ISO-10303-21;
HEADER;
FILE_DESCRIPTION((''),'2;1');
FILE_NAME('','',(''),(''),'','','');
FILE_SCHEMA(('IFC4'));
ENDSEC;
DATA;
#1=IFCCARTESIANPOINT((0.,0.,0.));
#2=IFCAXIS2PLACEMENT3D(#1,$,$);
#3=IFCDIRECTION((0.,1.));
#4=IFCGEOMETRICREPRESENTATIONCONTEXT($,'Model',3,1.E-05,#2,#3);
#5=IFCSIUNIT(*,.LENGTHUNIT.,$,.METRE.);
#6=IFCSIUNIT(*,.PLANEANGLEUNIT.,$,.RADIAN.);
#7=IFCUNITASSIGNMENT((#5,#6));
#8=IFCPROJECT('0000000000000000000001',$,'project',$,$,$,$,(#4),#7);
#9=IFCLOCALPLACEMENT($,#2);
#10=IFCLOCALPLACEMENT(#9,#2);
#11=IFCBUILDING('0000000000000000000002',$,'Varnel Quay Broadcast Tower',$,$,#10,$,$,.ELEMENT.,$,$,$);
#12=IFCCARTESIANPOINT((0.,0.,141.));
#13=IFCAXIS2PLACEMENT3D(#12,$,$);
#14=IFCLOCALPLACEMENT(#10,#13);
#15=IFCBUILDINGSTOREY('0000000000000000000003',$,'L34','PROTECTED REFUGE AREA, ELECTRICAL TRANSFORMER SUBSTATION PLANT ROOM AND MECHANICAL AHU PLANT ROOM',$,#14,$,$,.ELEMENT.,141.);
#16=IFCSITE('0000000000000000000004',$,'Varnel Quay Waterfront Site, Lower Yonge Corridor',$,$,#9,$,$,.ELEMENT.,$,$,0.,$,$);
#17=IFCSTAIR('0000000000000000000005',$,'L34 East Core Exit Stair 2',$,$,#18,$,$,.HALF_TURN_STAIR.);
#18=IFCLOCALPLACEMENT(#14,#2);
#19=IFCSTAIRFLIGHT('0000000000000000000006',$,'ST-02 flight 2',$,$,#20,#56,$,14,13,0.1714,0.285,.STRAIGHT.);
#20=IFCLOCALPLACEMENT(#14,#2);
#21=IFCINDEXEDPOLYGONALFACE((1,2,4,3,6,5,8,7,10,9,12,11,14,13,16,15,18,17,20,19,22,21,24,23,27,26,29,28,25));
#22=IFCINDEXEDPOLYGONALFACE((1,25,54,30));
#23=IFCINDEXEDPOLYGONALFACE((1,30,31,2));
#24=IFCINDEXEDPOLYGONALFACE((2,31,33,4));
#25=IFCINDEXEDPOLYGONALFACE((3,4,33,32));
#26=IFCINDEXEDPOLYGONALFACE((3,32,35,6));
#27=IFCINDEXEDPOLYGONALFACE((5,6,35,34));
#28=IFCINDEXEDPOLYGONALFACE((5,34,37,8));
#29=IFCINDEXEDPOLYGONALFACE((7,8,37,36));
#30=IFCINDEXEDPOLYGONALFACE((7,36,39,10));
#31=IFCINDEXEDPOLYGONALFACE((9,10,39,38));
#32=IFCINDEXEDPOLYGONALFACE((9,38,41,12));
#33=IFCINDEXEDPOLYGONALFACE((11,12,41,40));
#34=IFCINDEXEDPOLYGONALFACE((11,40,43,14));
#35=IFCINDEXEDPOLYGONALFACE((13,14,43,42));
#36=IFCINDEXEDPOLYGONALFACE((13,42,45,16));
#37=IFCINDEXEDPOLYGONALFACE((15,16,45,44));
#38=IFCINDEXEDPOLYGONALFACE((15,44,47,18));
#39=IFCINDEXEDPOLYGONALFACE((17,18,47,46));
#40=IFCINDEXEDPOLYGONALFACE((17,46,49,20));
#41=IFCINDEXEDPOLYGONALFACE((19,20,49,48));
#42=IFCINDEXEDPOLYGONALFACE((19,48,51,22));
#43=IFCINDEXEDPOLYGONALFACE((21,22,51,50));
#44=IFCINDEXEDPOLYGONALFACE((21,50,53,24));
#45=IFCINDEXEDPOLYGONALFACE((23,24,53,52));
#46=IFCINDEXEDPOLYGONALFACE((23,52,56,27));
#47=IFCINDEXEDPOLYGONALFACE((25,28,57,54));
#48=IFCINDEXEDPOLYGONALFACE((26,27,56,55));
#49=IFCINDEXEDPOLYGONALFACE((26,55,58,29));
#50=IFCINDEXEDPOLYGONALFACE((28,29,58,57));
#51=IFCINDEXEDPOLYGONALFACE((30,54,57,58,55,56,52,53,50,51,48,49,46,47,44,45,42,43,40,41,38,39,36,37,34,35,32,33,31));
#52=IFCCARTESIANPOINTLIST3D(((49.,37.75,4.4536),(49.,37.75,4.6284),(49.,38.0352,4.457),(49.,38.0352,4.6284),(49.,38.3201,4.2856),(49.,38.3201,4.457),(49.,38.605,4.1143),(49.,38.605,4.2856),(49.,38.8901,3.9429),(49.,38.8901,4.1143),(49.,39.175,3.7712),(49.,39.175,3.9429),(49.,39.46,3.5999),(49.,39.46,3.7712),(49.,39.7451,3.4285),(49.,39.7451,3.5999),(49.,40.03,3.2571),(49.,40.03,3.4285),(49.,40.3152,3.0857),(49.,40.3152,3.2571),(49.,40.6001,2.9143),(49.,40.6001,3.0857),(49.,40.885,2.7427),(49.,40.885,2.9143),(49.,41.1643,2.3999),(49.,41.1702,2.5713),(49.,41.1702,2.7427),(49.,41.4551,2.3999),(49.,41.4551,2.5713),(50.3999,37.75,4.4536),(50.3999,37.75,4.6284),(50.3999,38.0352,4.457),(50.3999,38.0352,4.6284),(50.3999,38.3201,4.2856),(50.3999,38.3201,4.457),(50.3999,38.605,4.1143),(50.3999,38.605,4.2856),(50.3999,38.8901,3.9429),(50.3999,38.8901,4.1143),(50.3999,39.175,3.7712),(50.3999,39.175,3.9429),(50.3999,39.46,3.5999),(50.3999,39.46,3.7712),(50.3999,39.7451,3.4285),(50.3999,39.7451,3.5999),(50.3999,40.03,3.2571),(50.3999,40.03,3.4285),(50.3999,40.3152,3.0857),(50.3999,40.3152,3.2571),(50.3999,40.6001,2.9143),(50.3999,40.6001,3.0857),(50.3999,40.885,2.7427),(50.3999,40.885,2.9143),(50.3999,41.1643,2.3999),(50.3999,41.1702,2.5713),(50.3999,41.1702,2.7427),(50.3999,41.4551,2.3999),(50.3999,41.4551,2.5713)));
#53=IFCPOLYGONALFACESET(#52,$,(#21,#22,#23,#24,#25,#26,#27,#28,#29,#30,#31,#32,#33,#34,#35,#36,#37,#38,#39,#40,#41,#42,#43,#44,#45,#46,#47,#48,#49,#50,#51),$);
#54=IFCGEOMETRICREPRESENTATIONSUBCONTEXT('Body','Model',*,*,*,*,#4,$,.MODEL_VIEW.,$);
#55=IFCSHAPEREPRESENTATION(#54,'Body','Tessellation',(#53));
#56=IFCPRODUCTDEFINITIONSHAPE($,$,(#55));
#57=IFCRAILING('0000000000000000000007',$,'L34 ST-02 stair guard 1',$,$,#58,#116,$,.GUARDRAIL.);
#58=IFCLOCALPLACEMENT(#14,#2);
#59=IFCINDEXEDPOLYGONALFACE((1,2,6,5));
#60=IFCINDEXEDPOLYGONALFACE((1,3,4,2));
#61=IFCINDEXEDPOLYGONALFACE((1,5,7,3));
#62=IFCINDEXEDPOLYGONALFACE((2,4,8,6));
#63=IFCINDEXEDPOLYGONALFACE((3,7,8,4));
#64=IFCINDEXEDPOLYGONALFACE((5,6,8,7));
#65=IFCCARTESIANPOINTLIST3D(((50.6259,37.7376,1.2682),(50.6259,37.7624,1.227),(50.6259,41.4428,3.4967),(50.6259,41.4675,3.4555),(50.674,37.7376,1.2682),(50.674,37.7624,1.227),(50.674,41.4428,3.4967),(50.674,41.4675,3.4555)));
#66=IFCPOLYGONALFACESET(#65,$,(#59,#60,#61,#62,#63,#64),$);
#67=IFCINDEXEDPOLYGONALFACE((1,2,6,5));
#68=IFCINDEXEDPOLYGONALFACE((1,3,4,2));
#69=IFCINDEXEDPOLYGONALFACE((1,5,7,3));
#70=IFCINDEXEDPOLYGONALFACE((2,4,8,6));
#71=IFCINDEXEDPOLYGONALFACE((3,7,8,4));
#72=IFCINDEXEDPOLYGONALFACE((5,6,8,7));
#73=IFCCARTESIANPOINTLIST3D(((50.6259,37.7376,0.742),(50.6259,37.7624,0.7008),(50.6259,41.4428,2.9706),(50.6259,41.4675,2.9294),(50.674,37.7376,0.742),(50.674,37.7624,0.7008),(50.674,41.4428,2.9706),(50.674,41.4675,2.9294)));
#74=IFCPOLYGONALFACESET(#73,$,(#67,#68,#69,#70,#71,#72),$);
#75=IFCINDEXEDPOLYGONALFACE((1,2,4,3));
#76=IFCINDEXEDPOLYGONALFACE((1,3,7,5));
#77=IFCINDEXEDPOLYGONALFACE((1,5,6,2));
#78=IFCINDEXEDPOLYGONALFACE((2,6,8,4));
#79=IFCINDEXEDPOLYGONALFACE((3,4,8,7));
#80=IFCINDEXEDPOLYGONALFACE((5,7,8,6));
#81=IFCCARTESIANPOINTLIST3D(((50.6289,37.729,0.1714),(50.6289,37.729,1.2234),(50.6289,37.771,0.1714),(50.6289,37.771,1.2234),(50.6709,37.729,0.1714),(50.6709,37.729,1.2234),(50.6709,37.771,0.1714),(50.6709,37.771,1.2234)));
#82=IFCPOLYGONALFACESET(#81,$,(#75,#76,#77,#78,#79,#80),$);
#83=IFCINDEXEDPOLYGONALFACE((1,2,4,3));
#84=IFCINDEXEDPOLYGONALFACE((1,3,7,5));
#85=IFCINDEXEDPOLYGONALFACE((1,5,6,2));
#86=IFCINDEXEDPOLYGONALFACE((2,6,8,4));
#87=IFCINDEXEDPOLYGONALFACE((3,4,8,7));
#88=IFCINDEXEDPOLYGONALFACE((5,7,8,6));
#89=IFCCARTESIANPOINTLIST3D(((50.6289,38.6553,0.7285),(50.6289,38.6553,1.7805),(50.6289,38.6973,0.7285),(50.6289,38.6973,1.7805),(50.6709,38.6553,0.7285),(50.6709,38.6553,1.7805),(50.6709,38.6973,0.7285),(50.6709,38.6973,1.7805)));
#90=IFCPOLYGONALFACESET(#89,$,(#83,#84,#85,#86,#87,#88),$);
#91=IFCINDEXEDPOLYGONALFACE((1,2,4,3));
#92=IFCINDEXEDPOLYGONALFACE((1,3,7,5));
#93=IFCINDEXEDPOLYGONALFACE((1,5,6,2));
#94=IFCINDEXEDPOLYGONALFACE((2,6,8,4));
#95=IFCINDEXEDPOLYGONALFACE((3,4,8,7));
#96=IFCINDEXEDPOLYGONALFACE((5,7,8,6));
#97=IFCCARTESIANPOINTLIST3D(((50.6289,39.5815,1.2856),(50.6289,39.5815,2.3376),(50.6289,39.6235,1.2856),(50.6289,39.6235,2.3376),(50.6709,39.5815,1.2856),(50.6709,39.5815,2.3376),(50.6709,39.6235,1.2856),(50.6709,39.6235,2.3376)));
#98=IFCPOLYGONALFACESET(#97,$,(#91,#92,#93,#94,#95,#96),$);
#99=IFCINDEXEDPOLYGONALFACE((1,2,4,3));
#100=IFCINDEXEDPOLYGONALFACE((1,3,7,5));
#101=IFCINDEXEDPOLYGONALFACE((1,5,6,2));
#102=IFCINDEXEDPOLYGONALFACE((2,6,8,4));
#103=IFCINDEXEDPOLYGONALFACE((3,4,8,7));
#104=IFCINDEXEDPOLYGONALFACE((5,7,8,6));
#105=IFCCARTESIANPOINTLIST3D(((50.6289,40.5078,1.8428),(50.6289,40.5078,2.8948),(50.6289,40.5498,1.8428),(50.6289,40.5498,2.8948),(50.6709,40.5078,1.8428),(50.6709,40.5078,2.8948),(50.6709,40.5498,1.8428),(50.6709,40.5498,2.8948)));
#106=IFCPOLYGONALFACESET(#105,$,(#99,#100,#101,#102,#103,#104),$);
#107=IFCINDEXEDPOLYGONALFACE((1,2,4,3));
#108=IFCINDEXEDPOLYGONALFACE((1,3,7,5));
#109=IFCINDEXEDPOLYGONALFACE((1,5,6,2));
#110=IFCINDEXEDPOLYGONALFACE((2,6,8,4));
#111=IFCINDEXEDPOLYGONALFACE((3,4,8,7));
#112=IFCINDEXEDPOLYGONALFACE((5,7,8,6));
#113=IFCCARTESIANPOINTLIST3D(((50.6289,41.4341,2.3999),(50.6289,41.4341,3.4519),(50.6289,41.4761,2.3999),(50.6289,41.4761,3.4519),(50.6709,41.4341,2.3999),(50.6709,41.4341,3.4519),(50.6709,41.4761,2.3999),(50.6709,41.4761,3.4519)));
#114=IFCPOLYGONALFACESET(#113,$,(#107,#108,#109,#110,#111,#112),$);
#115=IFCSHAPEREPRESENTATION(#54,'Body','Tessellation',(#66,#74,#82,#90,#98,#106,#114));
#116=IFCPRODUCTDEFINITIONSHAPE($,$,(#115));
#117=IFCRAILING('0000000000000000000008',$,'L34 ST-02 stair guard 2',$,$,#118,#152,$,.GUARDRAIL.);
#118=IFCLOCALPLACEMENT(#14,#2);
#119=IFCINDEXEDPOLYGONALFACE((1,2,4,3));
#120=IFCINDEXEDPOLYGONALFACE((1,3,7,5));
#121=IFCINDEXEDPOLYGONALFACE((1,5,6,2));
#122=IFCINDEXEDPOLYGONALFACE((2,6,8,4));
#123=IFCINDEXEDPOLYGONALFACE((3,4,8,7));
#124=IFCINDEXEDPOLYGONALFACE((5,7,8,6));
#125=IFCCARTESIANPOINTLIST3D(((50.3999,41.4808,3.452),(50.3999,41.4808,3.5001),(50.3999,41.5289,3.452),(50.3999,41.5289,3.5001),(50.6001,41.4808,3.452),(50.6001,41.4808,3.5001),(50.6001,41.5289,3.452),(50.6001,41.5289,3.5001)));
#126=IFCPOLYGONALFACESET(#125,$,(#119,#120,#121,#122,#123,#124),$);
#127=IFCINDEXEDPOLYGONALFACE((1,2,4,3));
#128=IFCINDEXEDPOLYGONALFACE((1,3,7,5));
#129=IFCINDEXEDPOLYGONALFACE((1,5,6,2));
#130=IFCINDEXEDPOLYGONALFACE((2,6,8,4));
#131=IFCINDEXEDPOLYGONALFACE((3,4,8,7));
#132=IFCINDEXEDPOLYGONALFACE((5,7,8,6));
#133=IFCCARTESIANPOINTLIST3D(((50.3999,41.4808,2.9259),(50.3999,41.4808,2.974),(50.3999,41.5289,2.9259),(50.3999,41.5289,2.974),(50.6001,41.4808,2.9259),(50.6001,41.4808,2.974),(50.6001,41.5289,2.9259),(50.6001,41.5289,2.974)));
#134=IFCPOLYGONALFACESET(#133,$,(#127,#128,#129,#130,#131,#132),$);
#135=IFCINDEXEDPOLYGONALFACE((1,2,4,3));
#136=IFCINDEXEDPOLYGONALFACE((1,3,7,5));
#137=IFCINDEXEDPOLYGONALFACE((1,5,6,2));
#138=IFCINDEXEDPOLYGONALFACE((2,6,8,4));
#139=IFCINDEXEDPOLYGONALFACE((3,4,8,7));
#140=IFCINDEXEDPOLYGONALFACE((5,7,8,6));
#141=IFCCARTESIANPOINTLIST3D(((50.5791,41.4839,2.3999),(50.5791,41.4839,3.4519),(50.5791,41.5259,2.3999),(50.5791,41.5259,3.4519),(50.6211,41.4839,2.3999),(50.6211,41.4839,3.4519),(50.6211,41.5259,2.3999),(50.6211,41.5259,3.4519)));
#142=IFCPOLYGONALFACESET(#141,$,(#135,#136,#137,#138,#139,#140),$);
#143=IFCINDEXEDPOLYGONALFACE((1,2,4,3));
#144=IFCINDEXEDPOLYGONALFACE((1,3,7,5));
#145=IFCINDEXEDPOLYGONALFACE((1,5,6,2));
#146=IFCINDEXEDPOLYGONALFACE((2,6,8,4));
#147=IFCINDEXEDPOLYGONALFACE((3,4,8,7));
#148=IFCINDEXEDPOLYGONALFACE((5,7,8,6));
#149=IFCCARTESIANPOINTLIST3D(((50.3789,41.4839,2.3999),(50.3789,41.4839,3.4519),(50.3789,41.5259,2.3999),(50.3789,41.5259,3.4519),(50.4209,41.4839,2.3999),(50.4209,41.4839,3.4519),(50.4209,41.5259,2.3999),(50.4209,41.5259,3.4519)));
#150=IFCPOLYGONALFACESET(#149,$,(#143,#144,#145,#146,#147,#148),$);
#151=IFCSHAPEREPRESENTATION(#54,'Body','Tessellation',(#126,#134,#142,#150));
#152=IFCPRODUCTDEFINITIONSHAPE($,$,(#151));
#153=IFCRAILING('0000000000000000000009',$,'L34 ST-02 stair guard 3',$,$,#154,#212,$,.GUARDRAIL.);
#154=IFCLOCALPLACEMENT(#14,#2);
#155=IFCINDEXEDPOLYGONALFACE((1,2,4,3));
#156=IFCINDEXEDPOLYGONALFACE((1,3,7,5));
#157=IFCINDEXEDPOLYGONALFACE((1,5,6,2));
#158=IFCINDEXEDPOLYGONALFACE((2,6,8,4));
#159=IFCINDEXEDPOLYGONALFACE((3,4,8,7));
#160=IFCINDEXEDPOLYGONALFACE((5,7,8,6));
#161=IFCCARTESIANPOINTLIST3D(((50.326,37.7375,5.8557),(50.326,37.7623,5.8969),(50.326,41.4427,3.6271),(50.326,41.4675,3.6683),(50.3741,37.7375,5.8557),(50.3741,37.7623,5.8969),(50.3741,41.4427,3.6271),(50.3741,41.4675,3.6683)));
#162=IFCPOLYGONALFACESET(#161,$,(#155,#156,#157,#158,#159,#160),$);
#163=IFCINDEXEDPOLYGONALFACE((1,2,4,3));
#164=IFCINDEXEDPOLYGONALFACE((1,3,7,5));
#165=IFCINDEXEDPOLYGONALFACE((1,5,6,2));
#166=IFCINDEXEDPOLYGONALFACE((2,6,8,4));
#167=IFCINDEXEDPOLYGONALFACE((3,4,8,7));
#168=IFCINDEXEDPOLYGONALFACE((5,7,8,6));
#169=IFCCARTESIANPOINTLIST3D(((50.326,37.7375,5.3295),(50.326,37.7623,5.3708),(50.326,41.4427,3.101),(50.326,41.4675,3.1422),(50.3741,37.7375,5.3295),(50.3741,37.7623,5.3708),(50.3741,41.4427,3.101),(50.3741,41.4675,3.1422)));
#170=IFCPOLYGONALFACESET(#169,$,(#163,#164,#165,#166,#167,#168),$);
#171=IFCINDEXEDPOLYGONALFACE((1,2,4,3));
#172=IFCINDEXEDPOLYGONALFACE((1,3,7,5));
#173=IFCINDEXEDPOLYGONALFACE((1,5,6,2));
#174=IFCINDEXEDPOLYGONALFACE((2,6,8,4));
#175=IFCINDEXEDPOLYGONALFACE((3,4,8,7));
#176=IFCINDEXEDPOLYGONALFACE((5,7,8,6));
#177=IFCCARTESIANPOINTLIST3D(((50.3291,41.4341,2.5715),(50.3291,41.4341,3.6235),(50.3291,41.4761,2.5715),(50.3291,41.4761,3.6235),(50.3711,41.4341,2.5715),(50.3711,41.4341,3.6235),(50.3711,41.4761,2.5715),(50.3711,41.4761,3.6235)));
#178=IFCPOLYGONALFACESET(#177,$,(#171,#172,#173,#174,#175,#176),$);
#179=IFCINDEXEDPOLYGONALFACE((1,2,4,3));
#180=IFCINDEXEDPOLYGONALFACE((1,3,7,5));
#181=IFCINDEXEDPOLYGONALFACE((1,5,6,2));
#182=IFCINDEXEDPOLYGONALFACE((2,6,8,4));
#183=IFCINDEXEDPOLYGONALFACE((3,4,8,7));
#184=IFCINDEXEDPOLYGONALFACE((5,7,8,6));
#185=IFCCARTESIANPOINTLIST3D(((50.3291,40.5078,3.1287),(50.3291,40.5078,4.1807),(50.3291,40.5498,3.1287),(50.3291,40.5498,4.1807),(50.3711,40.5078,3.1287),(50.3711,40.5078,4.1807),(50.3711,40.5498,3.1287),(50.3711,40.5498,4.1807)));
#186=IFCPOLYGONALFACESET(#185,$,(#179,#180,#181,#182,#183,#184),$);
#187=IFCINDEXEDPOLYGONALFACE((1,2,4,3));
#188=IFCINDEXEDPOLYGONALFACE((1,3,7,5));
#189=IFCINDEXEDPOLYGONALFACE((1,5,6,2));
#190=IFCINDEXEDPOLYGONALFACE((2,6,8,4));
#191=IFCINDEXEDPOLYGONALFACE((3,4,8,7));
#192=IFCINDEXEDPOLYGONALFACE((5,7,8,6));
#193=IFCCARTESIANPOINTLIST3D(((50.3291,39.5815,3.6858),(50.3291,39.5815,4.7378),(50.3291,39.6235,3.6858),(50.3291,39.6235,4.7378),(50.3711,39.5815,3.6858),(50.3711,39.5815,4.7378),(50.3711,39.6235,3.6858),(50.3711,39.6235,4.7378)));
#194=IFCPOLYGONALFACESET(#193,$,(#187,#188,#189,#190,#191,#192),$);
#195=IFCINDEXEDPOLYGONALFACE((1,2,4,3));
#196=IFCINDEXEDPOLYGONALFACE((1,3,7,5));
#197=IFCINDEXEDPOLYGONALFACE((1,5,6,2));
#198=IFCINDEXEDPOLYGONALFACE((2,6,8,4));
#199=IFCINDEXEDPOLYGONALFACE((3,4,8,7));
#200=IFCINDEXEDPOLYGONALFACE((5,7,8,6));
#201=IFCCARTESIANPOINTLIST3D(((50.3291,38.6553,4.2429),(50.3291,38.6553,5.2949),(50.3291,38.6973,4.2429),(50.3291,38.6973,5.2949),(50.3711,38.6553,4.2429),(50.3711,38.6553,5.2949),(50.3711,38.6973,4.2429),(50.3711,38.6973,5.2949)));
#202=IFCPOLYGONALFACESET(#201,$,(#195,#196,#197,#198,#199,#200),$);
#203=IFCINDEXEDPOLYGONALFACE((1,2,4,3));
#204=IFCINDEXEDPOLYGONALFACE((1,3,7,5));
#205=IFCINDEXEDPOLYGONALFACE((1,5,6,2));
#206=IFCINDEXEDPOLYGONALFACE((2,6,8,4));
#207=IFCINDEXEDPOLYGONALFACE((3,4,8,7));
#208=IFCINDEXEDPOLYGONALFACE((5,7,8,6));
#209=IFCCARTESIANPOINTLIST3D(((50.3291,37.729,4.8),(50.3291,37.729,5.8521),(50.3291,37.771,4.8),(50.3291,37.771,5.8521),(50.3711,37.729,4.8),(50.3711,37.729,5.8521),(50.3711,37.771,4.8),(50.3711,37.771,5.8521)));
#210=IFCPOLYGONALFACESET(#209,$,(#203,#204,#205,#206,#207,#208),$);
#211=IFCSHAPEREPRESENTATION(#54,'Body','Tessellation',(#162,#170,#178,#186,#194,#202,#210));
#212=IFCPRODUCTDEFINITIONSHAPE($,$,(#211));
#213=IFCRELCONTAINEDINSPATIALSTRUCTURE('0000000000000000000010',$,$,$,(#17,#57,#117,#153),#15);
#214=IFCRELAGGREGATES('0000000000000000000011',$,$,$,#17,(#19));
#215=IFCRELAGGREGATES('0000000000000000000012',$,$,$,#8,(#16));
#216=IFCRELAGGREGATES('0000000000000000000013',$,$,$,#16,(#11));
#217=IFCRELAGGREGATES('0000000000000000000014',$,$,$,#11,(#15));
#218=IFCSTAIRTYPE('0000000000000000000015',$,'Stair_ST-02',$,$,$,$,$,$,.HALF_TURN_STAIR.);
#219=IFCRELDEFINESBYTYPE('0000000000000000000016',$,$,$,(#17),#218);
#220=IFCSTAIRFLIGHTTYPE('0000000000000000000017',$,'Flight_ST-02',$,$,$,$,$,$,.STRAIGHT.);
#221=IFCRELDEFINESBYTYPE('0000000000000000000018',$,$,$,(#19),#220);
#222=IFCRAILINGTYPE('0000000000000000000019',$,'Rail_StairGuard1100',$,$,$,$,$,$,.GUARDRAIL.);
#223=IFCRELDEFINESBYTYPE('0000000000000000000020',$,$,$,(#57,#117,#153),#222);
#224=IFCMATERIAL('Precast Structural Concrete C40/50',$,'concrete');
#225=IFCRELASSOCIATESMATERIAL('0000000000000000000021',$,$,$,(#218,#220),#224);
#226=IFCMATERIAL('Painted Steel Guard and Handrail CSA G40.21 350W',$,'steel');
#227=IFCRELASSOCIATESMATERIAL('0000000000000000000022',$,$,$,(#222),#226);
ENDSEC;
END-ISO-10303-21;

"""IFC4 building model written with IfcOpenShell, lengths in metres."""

from ifc_helpers import new_model, si_unit, direction, frame, origin, origin_2d, place, context, subcontext, project, spatial, polyline, rectangle, outline, extrude, material, type_object, element, aggregate, save


model = new_model("IFC4")

# Units and contexts
model_context = context("Model", 3, precision=1e-05, world=origin(), true_north=direction((0.0, 1.0)))
body_context = subcontext(model_context, "Body", "Model", "MODEL_VIEW")
ifc_project = project(units=[si_unit("LENGTHUNIT", "METRE"), si_unit("PLANEANGLEUNIT", "RADIAN")], contexts=[model_context])

# Site, building, storey
site_placement = place(None, origin())
site = spatial("IfcSite", under=ifc_project, at=site_placement, Name="Varnel Quay Waterfront Site, Lower Yonge Corridor", CompositionType="ELEMENT", RefElevation=0.0)
building_placement = place(site_placement, origin())
building = spatial("IfcBuilding", under=site, at=building_placement, Name="Varnel Quay Broadcast Tower", CompositionType="ELEMENT")
storey_placement = place(building_placement, frame((0.0, 0.0, 141.0)))
storey = spatial("IfcBuildingStorey", under=building, at=storey_placement, Name="L34", Description="PROTECTED REFUGE AREA, ELECTRICAL TRANSFORMER SUBSTATION PLANT ROOM AND MECHANICAL AHU PLANT ROOM", CompositionType="ELEMENT", Elevation=141.0)

# Stair, stair flight
ifc_material_1 = material(Name="Precast Structural Concrete C40/50", Category="concrete")
stair_type = type_object("IfcStairType", Name="Stair_ST-02", PredefinedType="HALF_TURN_STAIR", material=ifc_material_1)
stair_placement = place(storey_placement, origin())
stair = element("IfcStair", 1, at=stair_placement, inside=storey, type_object=stair_type, Name="L34 East Core Exit Stair 2", PredefinedType="HALF_TURN_STAIR")
stair_flight_type = type_object("IfcStairFlightType", Name="Flight_ST-02", PredefinedType="STRAIGHT", material=ifc_material_1)
stair_flight_1_placement = place(storey_placement, frame((49.7, 41.4551, 2.3999), z_axis=(0.0, 0.0, 1.0), x_axis=(0.0, -1.0, 0.0)))
stair_flight_1 = element("IfcStairFlight", 2, at=stair_flight_1_placement, type_object=stair_flight_type, Name="ST-02 flight 2", NumberOfRisers=14, NumberOfTreads=13, PredefinedType="STRAIGHT", RiserHeight=0.1714, TreadLength=0.285, context=body_context, shape_type="SweptSolid", body=[
    extrude(outline(polyline([(0.0, 0.0), (0.0, 0.1714), (0.2849, 0.1714), (0.2849, 0.3428), (0.5701, 0.3428), (0.5701, 0.5144), (0.855, 0.5144), (0.855, 0.6858), (1.1399, 0.6858), (1.1399, 0.8572), (1.425, 0.8572), (1.425, 1.0286), (1.71, 1.0286), (1.71, 1.2), (1.9951, 1.2), (1.9951, 1.3713), (2.28, 1.3713), (2.28, 1.543), (2.5649, 1.543), (2.5649, 1.7144), (2.8501, 1.7144), (2.8501, 1.8857), (3.135, 1.8857), (3.135, 2.0571), (3.4199, 2.0571), (3.4199, 2.2285), (3.7051, 2.2285), (3.7051, 2.3999), (3.7051, 2.0537), (0.2908, 0.0), (0.0, 0.0)])), frame((0.0, 0.7, 0.0), z_axis=(0.0, -1.0, 0.0), x_axis=(1.0, 0.0, 0.0)), (0.0, 0.0, 1.0), 1.3999),
])
aggregate(stair, [stair_flight_1])

# Railings
ifc_material_2 = material(Name="Painted Steel Guard and Handrail CSA G40.21 350W", Category="steel")
railing_type_1 = type_object("IfcRailingType", Name="Rail_StairGuard1100", PredefinedType="GUARDRAIL", material=ifc_material_2)
railing_1_placement = place(storey_placement, frame((50.6499, 37.75, 0.1714)))
element("IfcRailing", 3, at=railing_1_placement, inside=storey, type_object=railing_type_1, Name="L34 ST-02 stair guard 1", PredefinedType="GUARDRAIL", context=body_context, shape_type="SweptSolid", body=[
    extrude(rectangle(XDim=0.0481, YDim=0.0481, at=origin_2d()), frame((0.0, 0.0, 1.0762), z_axis=(0.0, 0.856934, 0.515425), x_axis=(-1.0, 0.0, 0.0)), (0.0, 0.0, 1.0), 4.3237),
    extrude(rectangle(XDim=0.0481, YDim=0.0481, at=origin_2d()), frame((0.0, 0.0, 0.55), z_axis=(0.0, 0.856934, 0.515425), x_axis=(-1.0, 0.0, 0.0)), (0.0, 0.0, 1.0), 4.3237),
    extrude(rectangle(XDim=0.042, YDim=0.042, at=origin_2d()), origin(), (0.0, 0.0, 1.0), 1.052),
    extrude(rectangle(XDim=0.042, YDim=0.042, at=origin_2d()), frame((0.0, 0.9263, 0.5571)), (0.0, 0.0, 1.0), 1.052),
    extrude(rectangle(XDim=0.042, YDim=0.042, at=origin_2d()), frame((0.0, 1.8525, 1.1143)), (0.0, 0.0, 1.0), 1.052),
    extrude(rectangle(XDim=0.042, YDim=0.042, at=origin_2d()), frame((0.0, 2.7788, 1.6714)), (0.0, 0.0, 1.0), 1.052),
    extrude(rectangle(XDim=0.042, YDim=0.042, at=origin_2d()), frame((0.0, 3.7051, 2.2285)), (0.0, 0.0, 1.0), 1.052),
])
railing_2_placement = place(storey_placement, frame((50.6001, 41.5049, 2.3999)))
element("IfcRailing", 4, at=railing_2_placement, inside=storey, type_object=railing_type_1, Name="L34 ST-02 stair guard 2", PredefinedType="GUARDRAIL", context=body_context, shape_type="SweptSolid", body=[
    extrude(rectangle(XDim=0.0481, YDim=0.0481, at=origin_2d()), frame((0.0, 0.0, 1.0762), z_axis=(-1.0, 0.0, 0.0), x_axis=(0.0, -1.0, 0.0)), (0.0, 0.0, 1.0), 0.2002),
    extrude(rectangle(XDim=0.0481, YDim=0.0481, at=origin_2d()), frame((0.0, 0.0, 0.55), z_axis=(-1.0, 0.0, 0.0), x_axis=(0.0, -1.0, 0.0)), (0.0, 0.0, 1.0), 0.2002),
    extrude(rectangle(XDim=0.042, YDim=0.042, at=origin_2d()), origin(), (0.0, 0.0, 1.0), 1.052),
    extrude(rectangle(XDim=0.042, YDim=0.042, at=origin_2d()), frame((-0.2002, 0.0, 0.0)), (0.0, 0.0, 1.0), 1.052),
])
railing_3_placement = place(storey_placement, frame((50.3501, 41.4551, 2.5715)))
element("IfcRailing", 5, at=railing_3_placement, inside=storey, type_object=railing_type_1, Name="L34 ST-02 stair guard 3", PredefinedType="GUARDRAIL", context=body_context, shape_type="SweptSolid", body=[
    extrude(rectangle(XDim=0.0481, YDim=0.0481, at=origin_2d()), frame((0.0, 0.0, 1.0762), z_axis=(0.0, -0.856934, 0.515425), x_axis=(1.0, 0.0, 0.0)), (0.0, 0.0, 1.0), 4.3237),
    extrude(rectangle(XDim=0.0481, YDim=0.0481, at=origin_2d()), frame((0.0, 0.0, 0.55), z_axis=(0.0, -0.856934, 0.515425), x_axis=(1.0, 0.0, 0.0)), (0.0, 0.0, 1.0), 4.3237),
    extrude(rectangle(XDim=0.042, YDim=0.042, at=origin_2d()), origin(), (0.0, 0.0, 1.0), 1.052),
    extrude(rectangle(XDim=0.042, YDim=0.042, at=origin_2d()), frame((0.0, -0.9263, 0.5571)), (0.0, 0.0, 1.0), 1.052),
    extrude(rectangle(XDim=0.042, YDim=0.042, at=origin_2d()), frame((0.0, -1.8525, 1.1143)), (0.0, 0.0, 1.0), 1.052),
    extrude(rectangle(XDim=0.042, YDim=0.042, at=origin_2d()), frame((0.0, -2.7788, 1.6714)), (0.0, 0.0, 1.0), 1.052),
    extrude(rectangle(XDim=0.042, YDim=0.042, at=origin_2d()), frame((0.0, -3.7051, 2.2285)), (0.0, 0.0, 1.0), 1.052),
])

save(model, "model.ifc")
